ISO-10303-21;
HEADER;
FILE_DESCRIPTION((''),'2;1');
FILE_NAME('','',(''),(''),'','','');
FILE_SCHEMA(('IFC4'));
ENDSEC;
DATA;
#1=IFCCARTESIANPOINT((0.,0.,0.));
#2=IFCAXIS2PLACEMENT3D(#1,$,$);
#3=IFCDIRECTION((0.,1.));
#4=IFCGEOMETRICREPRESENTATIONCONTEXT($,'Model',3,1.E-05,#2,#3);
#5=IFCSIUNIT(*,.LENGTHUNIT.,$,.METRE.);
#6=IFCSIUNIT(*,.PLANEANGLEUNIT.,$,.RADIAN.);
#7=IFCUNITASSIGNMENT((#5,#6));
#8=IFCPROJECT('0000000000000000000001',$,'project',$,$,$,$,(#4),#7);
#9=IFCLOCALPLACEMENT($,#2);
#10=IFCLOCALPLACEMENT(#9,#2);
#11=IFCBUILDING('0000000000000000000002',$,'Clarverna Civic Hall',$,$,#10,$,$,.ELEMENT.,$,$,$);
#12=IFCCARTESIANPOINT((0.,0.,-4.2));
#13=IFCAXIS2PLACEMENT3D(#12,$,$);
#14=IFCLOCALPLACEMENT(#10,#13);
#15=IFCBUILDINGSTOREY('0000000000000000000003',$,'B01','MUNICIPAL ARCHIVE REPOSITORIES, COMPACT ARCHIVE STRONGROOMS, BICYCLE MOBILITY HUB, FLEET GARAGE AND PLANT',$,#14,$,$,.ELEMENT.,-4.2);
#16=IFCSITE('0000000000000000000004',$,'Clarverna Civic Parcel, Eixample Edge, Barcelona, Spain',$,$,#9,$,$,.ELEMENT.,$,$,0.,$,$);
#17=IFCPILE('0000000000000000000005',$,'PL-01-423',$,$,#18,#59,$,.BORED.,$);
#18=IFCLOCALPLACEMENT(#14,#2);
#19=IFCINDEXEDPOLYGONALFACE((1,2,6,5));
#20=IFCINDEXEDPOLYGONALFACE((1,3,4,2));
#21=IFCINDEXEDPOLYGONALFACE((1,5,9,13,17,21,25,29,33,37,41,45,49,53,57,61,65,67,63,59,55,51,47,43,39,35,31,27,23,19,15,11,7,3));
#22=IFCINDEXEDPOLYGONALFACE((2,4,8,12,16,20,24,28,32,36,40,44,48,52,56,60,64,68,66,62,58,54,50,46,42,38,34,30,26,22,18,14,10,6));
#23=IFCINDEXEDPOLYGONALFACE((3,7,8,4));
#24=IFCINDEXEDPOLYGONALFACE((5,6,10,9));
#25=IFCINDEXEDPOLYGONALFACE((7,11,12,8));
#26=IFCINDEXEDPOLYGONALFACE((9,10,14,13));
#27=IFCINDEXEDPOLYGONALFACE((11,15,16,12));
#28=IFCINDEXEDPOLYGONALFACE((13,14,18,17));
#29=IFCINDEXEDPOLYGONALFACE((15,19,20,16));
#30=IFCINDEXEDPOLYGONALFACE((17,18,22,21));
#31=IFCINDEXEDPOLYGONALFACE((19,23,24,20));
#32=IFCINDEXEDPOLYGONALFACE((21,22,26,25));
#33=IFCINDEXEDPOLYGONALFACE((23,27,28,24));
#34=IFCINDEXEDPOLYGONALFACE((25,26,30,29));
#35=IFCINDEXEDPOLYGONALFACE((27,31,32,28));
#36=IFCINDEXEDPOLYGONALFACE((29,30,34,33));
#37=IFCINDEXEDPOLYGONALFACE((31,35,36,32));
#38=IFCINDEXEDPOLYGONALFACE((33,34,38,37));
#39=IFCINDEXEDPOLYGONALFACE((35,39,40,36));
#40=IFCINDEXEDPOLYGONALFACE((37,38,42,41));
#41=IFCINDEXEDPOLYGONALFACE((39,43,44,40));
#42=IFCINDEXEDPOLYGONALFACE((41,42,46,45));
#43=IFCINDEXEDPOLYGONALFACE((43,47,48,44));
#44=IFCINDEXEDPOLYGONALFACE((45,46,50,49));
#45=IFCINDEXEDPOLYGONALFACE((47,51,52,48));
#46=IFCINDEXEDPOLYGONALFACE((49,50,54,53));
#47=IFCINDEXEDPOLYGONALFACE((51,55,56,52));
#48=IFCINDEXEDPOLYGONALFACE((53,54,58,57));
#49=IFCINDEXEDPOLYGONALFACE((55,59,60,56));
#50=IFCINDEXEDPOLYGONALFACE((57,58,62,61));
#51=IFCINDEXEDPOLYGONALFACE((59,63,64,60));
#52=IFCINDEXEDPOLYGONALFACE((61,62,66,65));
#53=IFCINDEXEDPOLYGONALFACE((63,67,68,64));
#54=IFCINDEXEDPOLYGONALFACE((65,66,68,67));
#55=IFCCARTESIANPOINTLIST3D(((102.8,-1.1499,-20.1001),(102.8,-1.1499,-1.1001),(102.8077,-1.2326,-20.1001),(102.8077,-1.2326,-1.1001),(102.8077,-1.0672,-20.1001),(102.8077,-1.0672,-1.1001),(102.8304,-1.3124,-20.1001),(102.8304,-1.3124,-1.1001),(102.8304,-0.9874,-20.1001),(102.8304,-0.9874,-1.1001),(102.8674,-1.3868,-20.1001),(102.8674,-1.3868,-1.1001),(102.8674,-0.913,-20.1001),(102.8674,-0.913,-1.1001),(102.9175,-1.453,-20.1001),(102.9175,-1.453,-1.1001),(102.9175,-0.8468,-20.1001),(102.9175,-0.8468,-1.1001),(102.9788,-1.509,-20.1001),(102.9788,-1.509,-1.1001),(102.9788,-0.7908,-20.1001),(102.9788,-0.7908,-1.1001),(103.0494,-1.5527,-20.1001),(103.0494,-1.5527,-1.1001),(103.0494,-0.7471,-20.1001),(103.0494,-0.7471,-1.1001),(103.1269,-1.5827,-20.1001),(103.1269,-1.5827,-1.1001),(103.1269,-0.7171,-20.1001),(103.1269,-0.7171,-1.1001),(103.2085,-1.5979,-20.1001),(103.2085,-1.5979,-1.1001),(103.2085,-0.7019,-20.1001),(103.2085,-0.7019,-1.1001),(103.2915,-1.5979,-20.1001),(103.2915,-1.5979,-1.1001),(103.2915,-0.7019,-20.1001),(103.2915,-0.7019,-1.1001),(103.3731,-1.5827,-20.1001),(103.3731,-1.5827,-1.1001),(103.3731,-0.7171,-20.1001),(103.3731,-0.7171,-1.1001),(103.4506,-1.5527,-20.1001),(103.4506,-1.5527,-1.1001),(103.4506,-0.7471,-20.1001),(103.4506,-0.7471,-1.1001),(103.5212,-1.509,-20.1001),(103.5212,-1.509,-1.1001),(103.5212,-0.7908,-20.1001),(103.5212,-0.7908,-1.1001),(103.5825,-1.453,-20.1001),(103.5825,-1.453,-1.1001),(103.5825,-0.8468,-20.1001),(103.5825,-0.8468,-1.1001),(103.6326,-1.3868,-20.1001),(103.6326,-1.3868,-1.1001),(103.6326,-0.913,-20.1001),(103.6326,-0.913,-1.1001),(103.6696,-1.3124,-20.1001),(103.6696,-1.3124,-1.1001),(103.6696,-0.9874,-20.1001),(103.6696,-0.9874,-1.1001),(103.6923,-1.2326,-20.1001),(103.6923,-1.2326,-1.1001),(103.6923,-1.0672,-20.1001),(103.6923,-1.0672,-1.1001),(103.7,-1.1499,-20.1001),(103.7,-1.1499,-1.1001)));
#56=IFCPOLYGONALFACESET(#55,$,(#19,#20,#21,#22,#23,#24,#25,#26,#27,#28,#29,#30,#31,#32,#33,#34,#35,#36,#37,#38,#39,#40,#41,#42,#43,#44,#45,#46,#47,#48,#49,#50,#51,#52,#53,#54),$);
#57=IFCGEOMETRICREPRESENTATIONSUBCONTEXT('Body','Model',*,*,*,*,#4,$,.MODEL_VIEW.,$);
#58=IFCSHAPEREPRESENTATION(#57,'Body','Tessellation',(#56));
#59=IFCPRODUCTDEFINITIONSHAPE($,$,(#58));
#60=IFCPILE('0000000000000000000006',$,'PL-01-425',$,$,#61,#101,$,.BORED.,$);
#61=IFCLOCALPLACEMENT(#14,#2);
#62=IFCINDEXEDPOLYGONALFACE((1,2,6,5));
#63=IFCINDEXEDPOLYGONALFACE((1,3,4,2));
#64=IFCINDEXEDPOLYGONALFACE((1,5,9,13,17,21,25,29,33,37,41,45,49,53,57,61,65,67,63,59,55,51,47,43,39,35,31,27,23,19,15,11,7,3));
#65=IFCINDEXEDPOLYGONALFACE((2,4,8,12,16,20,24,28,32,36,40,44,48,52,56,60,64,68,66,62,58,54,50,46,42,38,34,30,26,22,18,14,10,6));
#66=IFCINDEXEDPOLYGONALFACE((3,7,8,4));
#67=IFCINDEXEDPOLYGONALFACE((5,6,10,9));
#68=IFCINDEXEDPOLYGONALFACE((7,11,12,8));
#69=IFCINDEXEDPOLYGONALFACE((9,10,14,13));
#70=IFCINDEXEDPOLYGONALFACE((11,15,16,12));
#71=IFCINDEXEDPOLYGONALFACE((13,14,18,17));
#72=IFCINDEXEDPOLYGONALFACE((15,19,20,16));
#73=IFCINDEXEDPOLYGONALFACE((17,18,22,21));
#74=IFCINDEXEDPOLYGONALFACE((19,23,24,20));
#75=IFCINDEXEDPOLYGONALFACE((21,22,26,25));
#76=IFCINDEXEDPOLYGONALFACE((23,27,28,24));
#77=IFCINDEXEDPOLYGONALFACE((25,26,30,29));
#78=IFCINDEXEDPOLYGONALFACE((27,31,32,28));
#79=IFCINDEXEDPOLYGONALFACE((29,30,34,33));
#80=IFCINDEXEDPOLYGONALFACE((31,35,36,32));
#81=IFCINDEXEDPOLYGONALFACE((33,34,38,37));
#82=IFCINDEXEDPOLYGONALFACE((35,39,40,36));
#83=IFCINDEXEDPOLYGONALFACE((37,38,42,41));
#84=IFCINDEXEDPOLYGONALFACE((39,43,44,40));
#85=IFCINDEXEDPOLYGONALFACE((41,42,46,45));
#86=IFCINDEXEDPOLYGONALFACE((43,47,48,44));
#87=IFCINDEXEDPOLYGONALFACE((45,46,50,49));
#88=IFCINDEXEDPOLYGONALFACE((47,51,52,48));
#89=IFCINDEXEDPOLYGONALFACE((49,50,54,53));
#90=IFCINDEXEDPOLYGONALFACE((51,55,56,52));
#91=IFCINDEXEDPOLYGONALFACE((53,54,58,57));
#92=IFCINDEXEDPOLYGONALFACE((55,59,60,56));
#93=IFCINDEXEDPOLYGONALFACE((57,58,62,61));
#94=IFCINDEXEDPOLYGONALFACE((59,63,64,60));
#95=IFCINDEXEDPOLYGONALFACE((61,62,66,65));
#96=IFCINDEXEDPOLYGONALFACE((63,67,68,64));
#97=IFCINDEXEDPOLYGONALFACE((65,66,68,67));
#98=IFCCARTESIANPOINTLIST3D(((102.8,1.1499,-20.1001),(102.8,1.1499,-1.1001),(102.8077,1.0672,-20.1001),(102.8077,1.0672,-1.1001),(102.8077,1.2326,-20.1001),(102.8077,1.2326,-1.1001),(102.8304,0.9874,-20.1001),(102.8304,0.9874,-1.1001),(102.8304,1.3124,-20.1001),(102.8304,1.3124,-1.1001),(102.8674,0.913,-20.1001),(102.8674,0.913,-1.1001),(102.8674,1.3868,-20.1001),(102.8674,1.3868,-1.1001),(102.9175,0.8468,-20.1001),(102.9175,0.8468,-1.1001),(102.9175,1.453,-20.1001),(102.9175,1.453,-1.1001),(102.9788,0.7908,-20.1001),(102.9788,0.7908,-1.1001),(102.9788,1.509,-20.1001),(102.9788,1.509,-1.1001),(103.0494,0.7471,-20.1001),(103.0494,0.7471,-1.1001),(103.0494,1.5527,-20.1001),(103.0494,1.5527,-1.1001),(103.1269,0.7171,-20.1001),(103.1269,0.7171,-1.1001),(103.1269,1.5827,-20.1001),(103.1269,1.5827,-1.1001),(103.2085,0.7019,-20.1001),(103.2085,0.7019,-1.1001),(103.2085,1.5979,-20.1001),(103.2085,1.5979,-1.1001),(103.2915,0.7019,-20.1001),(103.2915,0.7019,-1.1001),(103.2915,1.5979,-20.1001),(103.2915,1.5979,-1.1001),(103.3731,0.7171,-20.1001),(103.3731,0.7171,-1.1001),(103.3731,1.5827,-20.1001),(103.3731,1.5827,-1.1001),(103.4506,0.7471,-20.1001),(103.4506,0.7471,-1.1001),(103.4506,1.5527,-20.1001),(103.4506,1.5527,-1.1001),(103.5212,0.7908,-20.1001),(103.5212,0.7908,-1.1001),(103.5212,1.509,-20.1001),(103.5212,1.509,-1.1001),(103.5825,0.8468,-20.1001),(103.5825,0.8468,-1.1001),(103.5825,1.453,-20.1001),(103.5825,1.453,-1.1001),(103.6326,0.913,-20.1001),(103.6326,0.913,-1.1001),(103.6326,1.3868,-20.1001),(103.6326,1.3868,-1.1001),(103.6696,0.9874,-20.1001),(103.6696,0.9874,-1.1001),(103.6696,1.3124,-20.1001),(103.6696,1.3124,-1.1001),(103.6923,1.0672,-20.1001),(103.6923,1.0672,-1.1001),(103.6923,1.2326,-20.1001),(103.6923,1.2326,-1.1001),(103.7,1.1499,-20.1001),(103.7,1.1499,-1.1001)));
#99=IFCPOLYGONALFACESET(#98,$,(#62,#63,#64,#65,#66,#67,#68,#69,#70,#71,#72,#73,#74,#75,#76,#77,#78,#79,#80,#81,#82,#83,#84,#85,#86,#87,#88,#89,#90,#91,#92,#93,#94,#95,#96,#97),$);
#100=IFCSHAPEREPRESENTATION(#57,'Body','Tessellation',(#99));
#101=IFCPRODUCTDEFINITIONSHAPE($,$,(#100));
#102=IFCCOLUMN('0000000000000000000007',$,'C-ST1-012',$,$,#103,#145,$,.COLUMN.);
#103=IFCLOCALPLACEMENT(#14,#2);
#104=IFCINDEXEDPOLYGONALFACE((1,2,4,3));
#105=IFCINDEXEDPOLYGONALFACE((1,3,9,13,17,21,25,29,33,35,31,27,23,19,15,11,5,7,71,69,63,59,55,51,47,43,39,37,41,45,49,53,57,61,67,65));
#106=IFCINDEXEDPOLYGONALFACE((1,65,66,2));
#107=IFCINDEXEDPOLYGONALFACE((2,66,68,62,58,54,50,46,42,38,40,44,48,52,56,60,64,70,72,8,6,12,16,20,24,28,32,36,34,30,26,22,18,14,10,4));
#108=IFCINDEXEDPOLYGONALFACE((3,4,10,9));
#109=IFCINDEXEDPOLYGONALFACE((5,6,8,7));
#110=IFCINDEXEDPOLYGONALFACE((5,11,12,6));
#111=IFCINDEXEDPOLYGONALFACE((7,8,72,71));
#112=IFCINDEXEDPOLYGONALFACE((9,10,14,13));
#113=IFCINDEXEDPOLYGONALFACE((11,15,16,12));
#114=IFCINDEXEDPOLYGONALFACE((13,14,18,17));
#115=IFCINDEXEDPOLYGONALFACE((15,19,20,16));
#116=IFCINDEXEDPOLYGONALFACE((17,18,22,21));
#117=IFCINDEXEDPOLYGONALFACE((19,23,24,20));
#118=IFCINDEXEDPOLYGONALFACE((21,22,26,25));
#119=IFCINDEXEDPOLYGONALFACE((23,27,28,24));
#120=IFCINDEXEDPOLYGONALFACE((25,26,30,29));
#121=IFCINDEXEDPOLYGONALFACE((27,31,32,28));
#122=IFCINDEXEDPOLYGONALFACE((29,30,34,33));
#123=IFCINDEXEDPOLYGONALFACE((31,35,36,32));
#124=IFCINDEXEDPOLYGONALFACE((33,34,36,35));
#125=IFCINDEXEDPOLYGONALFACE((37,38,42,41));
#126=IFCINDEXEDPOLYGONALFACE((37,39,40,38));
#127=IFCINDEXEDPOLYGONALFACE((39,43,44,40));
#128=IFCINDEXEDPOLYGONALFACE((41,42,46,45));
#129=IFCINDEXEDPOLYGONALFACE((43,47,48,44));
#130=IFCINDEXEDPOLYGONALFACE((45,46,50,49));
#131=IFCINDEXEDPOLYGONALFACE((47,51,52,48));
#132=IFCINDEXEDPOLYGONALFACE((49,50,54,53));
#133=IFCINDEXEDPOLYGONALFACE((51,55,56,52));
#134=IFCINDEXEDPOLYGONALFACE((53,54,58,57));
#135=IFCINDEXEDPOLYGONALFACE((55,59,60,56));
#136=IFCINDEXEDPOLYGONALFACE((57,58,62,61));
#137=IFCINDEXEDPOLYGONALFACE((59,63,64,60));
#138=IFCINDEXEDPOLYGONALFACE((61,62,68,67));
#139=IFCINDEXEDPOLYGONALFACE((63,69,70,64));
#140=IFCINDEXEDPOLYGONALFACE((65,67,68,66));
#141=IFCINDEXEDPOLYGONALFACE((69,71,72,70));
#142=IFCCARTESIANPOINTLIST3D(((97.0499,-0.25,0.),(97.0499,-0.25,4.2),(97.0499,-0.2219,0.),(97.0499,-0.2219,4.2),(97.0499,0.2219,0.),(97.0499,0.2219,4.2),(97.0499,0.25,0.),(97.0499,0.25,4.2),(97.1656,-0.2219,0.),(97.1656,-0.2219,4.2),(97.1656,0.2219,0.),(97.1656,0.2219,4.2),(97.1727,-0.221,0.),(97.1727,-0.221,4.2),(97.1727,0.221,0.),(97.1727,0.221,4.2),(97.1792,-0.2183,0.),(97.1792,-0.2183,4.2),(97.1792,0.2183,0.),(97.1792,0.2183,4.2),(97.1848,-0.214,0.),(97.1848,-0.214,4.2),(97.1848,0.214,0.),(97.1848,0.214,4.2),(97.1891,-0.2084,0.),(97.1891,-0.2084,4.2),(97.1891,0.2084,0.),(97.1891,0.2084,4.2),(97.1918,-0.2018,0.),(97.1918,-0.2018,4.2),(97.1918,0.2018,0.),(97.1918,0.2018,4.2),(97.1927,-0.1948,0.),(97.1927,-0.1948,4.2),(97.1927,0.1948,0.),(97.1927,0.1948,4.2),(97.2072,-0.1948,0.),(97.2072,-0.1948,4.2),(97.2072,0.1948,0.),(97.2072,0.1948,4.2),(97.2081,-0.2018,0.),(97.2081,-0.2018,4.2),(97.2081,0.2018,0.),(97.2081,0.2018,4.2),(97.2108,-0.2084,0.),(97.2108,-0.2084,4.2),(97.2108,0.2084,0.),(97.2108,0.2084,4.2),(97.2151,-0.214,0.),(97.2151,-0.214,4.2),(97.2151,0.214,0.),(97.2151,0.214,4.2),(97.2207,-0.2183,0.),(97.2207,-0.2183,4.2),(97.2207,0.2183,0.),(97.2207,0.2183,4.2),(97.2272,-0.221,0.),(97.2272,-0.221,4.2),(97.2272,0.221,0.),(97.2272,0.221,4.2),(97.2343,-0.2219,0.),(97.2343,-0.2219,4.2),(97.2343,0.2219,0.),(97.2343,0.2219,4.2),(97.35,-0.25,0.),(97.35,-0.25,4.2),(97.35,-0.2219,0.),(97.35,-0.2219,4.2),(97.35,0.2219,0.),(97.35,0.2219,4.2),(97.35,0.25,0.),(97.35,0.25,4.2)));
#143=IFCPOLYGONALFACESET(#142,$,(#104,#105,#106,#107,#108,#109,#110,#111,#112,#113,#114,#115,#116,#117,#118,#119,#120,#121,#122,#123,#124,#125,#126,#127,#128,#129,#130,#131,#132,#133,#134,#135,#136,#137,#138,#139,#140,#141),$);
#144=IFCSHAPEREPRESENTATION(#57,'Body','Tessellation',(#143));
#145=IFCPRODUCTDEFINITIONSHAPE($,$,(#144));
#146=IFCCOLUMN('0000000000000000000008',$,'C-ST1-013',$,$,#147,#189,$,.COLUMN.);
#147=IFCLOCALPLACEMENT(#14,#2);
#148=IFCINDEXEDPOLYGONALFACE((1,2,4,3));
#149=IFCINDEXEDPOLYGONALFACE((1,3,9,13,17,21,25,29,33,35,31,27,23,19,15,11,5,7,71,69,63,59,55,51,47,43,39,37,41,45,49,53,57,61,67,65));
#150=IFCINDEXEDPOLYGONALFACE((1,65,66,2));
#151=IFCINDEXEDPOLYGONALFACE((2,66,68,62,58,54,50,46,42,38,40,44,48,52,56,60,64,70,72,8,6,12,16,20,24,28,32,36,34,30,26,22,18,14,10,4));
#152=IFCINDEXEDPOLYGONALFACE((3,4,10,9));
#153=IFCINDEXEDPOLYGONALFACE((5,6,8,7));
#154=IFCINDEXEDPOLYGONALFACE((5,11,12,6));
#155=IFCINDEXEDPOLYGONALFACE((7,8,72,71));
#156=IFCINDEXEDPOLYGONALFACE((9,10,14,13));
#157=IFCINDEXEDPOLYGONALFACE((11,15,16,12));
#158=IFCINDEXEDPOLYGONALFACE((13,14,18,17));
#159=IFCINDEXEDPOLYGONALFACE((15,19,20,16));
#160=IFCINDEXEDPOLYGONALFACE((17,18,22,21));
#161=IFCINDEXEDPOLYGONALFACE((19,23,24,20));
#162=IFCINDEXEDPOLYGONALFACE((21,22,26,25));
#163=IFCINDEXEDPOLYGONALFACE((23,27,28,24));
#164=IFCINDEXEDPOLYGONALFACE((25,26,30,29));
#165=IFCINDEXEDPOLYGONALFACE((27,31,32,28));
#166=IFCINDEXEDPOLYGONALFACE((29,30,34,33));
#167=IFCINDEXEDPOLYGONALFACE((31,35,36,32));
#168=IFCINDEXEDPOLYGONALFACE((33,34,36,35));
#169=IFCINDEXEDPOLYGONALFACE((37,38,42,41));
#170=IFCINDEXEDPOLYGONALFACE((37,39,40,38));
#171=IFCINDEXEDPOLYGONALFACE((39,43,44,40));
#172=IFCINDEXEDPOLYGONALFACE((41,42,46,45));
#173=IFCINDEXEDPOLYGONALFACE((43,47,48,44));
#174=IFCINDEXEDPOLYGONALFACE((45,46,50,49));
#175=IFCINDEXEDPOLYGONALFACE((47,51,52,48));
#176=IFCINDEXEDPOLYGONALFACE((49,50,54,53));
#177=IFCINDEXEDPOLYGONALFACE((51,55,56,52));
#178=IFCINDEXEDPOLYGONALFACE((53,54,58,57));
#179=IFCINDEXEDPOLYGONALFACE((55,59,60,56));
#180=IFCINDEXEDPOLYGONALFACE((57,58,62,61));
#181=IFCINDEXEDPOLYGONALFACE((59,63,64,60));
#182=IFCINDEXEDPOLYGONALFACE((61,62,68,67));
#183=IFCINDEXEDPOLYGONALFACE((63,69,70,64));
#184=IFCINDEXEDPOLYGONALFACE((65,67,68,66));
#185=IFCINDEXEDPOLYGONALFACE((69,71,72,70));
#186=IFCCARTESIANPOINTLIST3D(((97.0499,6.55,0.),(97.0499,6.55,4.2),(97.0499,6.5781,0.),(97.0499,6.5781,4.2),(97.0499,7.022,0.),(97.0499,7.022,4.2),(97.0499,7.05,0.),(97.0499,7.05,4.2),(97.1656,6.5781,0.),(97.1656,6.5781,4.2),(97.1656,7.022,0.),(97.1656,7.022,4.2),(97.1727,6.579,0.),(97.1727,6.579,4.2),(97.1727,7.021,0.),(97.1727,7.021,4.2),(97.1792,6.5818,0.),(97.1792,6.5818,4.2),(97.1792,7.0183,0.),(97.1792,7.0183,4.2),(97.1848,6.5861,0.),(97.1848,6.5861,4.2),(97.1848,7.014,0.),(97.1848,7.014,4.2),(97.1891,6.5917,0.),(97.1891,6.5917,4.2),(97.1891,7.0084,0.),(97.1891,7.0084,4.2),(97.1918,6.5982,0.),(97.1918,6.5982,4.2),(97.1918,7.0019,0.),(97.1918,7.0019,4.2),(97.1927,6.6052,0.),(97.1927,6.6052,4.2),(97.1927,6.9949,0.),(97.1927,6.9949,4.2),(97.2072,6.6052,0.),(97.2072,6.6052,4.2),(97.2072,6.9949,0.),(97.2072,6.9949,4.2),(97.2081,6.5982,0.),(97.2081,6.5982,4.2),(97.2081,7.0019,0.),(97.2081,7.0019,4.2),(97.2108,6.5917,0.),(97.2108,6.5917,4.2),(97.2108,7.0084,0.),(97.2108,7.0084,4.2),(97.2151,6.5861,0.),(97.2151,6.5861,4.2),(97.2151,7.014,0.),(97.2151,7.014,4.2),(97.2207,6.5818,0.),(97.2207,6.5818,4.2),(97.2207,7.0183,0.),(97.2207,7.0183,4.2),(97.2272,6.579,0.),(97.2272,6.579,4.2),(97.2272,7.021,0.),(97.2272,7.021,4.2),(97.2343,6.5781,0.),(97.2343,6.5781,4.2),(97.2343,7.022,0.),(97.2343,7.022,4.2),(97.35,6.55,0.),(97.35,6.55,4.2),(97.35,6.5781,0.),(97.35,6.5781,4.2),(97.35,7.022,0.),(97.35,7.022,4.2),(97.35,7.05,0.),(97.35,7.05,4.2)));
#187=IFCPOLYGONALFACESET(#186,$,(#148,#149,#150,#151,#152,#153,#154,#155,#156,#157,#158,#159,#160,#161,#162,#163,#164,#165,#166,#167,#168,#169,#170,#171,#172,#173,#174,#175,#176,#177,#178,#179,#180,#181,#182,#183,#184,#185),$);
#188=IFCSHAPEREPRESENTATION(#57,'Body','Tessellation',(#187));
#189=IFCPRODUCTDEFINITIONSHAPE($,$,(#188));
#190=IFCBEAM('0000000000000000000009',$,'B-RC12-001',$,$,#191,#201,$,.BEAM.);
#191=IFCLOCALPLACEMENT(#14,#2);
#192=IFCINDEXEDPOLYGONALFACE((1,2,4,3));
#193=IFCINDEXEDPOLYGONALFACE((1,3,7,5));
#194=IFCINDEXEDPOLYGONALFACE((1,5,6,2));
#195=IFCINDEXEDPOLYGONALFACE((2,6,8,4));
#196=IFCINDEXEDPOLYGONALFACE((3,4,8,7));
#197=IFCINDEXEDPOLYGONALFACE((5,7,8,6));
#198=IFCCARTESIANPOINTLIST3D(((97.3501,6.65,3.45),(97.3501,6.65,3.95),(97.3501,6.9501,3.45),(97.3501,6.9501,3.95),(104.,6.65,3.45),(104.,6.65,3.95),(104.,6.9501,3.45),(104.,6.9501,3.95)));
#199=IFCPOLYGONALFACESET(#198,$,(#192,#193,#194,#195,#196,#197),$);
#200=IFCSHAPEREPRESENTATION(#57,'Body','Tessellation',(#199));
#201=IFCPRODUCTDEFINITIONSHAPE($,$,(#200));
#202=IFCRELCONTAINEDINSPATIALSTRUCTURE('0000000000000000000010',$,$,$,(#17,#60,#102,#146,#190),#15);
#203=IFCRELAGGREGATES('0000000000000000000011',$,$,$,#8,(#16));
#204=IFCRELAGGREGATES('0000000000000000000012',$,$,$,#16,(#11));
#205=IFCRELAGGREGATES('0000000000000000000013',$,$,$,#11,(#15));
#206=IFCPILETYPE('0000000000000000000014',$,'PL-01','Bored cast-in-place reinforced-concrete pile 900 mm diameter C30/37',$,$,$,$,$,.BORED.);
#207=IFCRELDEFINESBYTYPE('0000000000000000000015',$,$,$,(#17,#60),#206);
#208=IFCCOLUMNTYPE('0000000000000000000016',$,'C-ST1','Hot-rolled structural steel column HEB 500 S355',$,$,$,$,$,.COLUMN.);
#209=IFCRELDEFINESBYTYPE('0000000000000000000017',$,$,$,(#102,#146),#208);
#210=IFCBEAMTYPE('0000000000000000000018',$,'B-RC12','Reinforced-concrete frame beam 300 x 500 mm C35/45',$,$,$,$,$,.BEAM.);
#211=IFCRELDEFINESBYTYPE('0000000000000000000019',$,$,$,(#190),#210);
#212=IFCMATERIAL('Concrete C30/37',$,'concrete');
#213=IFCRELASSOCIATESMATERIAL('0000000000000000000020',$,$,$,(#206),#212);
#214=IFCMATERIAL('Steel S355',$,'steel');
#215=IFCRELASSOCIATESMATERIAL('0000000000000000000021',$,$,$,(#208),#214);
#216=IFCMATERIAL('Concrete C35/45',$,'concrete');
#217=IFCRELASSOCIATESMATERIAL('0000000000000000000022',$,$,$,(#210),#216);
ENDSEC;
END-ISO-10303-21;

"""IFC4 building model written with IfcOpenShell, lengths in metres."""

from ifc_helpers import new_model, si_unit, direction, frame, origin, origin_2d, place, context, subcontext, project, spatial, rectangle, circle, i_section, extrude, material, material_profile, profile_set, type_object, element, save


model = new_model("IFC4")

# Units and contexts
model_context = context("Model", 3, precision=1e-05, world=origin(), true_north=direction((0.0, 1.0)))
body_context = subcontext(model_context, "Body", "Model", "MODEL_VIEW")
ifc_project = project(units=[si_unit("LENGTHUNIT", "METRE"), si_unit("PLANEANGLEUNIT", "RADIAN")], contexts=[model_context])

# Site, building, storey
site_placement = place(None, origin())
site = spatial("IfcSite", under=ifc_project, at=site_placement, Name="Clarverna Civic Parcel, Eixample Edge, Barcelona, Spain", CompositionType="ELEMENT", RefElevation=0.0)
building_placement = place(site_placement, origin())
building = spatial("IfcBuilding", under=site, at=building_placement, Name="Clarverna Civic Hall", CompositionType="ELEMENT")
storey_placement = place(building_placement, frame((0.0, 0.0, -4.2)))
storey = spatial("IfcBuildingStorey", under=building, at=storey_placement, Name="B01", Description="MUNICIPAL ARCHIVE REPOSITORIES, COMPACT ARCHIVE STRONGROOMS, BICYCLE MOBILITY HUB, FLEET GARAGE AND PLANT", CompositionType="ELEMENT", Elevation=-4.2)

# Shared definitions
ifc_material_1 = material(Name="Concrete C30/37", Category="concrete")

# Piles
ifc_material_profile_1 = material_profile(ifc_material_1, circle(Radius=0.45, at=origin_2d()), Name="BORED PILE D900")
ifc_profile_set_1 = profile_set([ifc_material_profile_1], Name="Concrete C30/37")
pile_type = type_object("IfcPileType", Name="PL-01", Description="Bored cast-in-place reinforced-concrete pile 900 mm diameter C30/37", PredefinedType="BORED", material=ifc_profile_set_1)
for number, where, z_axis, x_axis, name in (
    (1, (103.25, -1.1499, -1.1001), (0.0, 0.0, -1.0), (1.0, 0.0, 0.0), "PL-01-423"),
    (2, (103.25, 1.1499, -1.1001), (0.0, 0.0, -1.0), (1.0, 0.0, 0.0), "PL-01-425"),
):
    element("IfcPile", number, at=place(storey_placement, frame(where, z_axis=z_axis, x_axis=x_axis)), inside=storey, type_object=pile_type, Name=name, PredefinedType="BORED", context=body_context, shape_type="SweptSolid", body=[
        extrude(circle(Radius=0.45, at=origin_2d()), origin(), (0.0, 0.0, 1.0), 19.0),
    ])

# Columns
ifc_material_2 = material(Name="Steel S355", Category="steel")
ifc_material_profile_2 = material_profile(ifc_material_2, i_section(OverallWidth=0.3, OverallDepth=0.5, WebThickness=0.0144, FlangeThickness=0.0281, FilletRadius=0.0271, at=origin_2d()), Name="HEB 500")
ifc_profile_set_2 = profile_set([ifc_material_profile_2], Name="Steel S355")
column_type = type_object("IfcColumnType", Name="C-ST1", Description="Hot-rolled structural steel column HEB 500 S355", PredefinedType="COLUMN", material=ifc_profile_set_2)
for number, where, z_axis, x_axis, name in (
    (3, (97.2, 0.0, 0.0), (0.0, 0.0, 1.0), (1.0, 0.0, 0.0), "C-ST1-012"),
    (4, (97.2, 6.8, 0.0), (0.0, 0.0, 1.0), (1.0, 0.0, 0.0), "C-ST1-013"),
):
    element("IfcColumn", number, at=place(storey_placement, frame(where, z_axis=z_axis, x_axis=x_axis)), inside=storey, type_object=column_type, Name=name, PredefinedType="COLUMN", context=body_context, shape_type="SweptSolid", body=[
        extrude(i_section(OverallWidth=0.3, OverallDepth=0.5, WebThickness=0.0144, FlangeThickness=0.0281, FilletRadius=0.0271, at=origin_2d()), origin(), (0.0, 0.0, 1.0), 4.2),
    ])

# Beam
ifc_material_3 = material(Name="Concrete C35/45", Category="concrete")
ifc_material_profile_3 = material_profile(ifc_material_3, rectangle(XDim=0.3, YDim=0.5, at=origin_2d()), Name="RC 300x500")
ifc_profile_set_3 = profile_set([ifc_material_profile_3], Name="Concrete C35/45")
beam_type_1 = type_object("IfcBeamType", Name="B-RC12", Description="Reinforced-concrete frame beam 300 x 500 mm C35/45", PredefinedType="BEAM", material=ifc_profile_set_3)
beam_1_placement = place(storey_placement, frame((97.3501, 6.8, 3.7), z_axis=(1.0, 0.0, 0.0), x_axis=(0.0, 1.0, 0.0)))
element("IfcBeam", 5, at=beam_1_placement, inside=storey, type_object=beam_type_1, Name="B-RC12-001", PredefinedType="BEAM", context=body_context, shape_type="SweptSolid", body=[
    extrude(rectangle(XDim=0.3, YDim=0.5, at=origin_2d()), origin(), (0.0, 0.0, 1.0), 6.6499),
])

save(model, "model.ifc")
